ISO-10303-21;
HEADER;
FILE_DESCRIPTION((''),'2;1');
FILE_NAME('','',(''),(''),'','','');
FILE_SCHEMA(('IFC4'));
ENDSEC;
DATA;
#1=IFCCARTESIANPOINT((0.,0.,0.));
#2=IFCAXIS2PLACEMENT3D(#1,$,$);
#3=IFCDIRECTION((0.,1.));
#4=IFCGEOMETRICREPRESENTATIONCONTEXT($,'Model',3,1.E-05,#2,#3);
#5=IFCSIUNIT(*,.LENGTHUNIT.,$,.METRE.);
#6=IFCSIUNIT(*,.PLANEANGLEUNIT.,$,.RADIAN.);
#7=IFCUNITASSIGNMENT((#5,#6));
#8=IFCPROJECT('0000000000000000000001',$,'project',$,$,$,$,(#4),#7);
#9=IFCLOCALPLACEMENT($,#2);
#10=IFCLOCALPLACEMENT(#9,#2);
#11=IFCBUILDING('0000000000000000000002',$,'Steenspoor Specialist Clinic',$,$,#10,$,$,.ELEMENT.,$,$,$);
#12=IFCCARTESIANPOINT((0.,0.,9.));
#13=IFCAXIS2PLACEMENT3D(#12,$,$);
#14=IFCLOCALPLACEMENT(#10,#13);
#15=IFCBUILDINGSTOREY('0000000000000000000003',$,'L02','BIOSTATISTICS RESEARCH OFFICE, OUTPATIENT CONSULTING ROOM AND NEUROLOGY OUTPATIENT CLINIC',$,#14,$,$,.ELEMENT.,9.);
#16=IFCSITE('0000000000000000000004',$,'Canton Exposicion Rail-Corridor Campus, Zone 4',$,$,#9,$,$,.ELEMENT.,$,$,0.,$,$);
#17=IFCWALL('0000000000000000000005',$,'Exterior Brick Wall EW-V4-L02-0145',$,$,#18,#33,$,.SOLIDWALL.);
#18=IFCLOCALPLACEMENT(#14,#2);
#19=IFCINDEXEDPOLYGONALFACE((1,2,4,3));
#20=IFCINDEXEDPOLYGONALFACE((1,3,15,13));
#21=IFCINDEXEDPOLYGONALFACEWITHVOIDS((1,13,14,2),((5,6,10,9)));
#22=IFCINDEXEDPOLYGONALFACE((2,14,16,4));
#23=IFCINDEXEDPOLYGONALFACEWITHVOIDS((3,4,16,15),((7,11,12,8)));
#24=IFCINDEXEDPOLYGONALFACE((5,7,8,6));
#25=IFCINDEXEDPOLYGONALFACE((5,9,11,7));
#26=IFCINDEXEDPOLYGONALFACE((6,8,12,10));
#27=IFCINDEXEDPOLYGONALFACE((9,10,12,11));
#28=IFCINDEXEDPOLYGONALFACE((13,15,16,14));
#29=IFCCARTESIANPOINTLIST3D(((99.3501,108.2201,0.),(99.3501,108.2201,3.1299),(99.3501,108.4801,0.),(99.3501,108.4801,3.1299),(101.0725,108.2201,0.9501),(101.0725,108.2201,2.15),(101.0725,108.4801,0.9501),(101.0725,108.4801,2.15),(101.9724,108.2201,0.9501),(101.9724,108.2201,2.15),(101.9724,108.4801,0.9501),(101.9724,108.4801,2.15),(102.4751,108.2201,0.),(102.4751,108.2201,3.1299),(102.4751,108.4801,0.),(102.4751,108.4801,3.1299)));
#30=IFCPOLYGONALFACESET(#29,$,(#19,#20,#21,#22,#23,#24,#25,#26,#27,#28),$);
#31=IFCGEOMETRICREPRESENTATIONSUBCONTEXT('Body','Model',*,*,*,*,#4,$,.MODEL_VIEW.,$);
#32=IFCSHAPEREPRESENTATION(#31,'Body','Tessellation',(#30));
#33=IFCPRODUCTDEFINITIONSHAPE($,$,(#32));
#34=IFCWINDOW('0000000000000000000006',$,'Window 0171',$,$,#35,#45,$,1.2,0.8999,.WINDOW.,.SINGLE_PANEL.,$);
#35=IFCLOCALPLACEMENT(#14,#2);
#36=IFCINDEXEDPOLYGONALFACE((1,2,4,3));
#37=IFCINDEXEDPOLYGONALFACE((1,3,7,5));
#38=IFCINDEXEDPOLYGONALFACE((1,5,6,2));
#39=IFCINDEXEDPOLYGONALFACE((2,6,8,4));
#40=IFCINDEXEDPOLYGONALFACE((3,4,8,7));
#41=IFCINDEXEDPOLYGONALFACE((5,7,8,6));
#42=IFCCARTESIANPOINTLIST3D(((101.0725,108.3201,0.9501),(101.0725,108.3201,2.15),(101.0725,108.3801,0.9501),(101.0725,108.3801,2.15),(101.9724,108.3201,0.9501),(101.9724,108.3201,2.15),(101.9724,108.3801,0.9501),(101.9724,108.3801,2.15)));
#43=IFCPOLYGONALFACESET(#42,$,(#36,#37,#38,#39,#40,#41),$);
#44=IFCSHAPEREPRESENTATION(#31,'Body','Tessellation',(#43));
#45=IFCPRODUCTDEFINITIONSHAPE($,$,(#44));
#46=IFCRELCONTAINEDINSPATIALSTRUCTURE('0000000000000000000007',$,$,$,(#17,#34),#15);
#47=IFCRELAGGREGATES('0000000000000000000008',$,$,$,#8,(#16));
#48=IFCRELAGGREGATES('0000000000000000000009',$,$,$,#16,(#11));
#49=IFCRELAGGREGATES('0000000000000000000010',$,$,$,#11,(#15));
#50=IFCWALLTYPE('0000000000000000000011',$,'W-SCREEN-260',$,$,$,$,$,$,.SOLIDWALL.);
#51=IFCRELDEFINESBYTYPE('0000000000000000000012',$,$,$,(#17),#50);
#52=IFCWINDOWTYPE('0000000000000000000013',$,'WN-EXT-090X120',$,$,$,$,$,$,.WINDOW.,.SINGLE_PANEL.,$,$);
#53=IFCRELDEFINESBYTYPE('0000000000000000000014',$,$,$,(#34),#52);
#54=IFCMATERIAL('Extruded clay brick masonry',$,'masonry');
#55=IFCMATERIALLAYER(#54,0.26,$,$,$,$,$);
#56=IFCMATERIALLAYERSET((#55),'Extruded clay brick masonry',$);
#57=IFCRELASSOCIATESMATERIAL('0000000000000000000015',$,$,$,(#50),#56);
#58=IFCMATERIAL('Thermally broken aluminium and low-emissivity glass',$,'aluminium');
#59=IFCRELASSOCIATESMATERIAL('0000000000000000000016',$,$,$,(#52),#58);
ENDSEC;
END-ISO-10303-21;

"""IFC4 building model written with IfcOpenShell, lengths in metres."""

from ifc_helpers import new_model, si_unit, direction, frame, frame_2d, origin, place, context, subcontext, project, spatial, rectangle, extrude, material, layer, layer_set, type_object, element, fill, save


model = new_model("IFC4")

# Units and contexts
model_context = context("Model", 3, precision=1e-05, world=origin(), true_north=direction((0.0, 1.0)))
body_context = subcontext(model_context, "Body", "Model", "MODEL_VIEW")
ifc_project = project(units=[si_unit("LENGTHUNIT", "METRE"), si_unit("PLANEANGLEUNIT", "RADIAN")], contexts=[model_context])

# Site, building, storey
site_placement = place(None, origin())
site = spatial("IfcSite", under=ifc_project, at=site_placement, Name="Canton Exposicion Rail-Corridor Campus, Zone 4", CompositionType="ELEMENT", RefElevation=0.0)
building_placement = place(site_placement, origin())
building = spatial("IfcBuilding", under=site, at=building_placement, Name="Steenspoor Specialist Clinic", CompositionType="ELEMENT")
storey_placement = place(building_placement, frame((0.0, 0.0, 9.0)))
storey = spatial("IfcBuildingStorey", under=building, at=storey_placement, Name="L02", Description="BIOSTATISTICS RESEARCH OFFICE, OUTPATIENT CONSULTING ROOM AND NEUROLOGY OUTPATIENT CLINIC", CompositionType="ELEMENT", Elevation=9.0)

# Shared definitions
ifc_material_1 = material(Name="Thermally broken aluminium and low-emissivity glass", Category="aluminium")

# Wall, opening, window
ifc_material_2 = material(Name="Extruded clay brick masonry", Category="masonry")
ifc_layer_1 = layer(ifc_material_2, 0.26)
ifc_layer_set_1 = layer_set([ifc_layer_1], Name="Extruded clay brick masonry")
wall_type_1 = type_object("IfcWallType", Name="W-SCREEN-260", PredefinedType="SOLIDWALL", material=ifc_layer_set_1)
wall_1_placement = place(storey_placement, frame((99.3501, 108.3501, 0.0), z_axis=(0.0, 0.0, 1.0), x_axis=(1.0, 0.0, 0.0)))
wall_1 = element("IfcWall", 1, at=wall_1_placement, inside=storey, type_object=wall_type_1, Name="Exterior Brick Wall EW-V4-L02-0145", PredefinedType="SOLIDWALL", context=body_context, shape_type="SweptSolid", body=[
    extrude(rectangle(XDim=3.125, YDim=0.26, at=frame_2d((1.5625, 0.0))), origin(), (0.0, 0.0, 1.0), 3.1299),
])
opening_1_placement = place(wall_1_placement, frame((1.7224, 0.0, 0.95)))
opening_1 = element("IfcOpeningElement", 2, at=opening_1_placement, cuts=wall_1, PredefinedType="OPENING", context=body_context, shape_type="SweptSolid", body=[
    extrude(rectangle(XDim=0.8999, YDim=1.2, at=frame_2d((0.45, 0.6001))), frame((0.0, 0.1401, 0.0), z_axis=(0.0, -1.0, 0.0), x_axis=(1.0, 0.0, 0.0)), (0.0, 0.0, 1.0), 0.28),
])
window_type = type_object("IfcWindowType", Name="WN-EXT-090X120", PartitioningType="SINGLE_PANEL", PredefinedType="WINDOW", material=ifc_material_1)
window_placement = place(opening_1_placement, origin())
window = element("IfcWindow", 3, at=window_placement, inside=storey, type_object=window_type, Name="Window 0171", OverallHeight=1.2, OverallWidth=0.8999, PartitioningType="SINGLE_PANEL", PredefinedType="WINDOW", context=body_context, shape_type="SweptSolid", body=[
    extrude(rectangle(XDim=0.8999, YDim=1.2, at=frame_2d((0.45, 0.6001))), frame((0.0, 0.03, 0.0), z_axis=(0.0, -1.0, 0.0), x_axis=(1.0, 0.0, 0.0)), (0.0, 0.0, 1.0), 0.0601),
])
fill(opening_1, window)

save(model, "model.ifc")
